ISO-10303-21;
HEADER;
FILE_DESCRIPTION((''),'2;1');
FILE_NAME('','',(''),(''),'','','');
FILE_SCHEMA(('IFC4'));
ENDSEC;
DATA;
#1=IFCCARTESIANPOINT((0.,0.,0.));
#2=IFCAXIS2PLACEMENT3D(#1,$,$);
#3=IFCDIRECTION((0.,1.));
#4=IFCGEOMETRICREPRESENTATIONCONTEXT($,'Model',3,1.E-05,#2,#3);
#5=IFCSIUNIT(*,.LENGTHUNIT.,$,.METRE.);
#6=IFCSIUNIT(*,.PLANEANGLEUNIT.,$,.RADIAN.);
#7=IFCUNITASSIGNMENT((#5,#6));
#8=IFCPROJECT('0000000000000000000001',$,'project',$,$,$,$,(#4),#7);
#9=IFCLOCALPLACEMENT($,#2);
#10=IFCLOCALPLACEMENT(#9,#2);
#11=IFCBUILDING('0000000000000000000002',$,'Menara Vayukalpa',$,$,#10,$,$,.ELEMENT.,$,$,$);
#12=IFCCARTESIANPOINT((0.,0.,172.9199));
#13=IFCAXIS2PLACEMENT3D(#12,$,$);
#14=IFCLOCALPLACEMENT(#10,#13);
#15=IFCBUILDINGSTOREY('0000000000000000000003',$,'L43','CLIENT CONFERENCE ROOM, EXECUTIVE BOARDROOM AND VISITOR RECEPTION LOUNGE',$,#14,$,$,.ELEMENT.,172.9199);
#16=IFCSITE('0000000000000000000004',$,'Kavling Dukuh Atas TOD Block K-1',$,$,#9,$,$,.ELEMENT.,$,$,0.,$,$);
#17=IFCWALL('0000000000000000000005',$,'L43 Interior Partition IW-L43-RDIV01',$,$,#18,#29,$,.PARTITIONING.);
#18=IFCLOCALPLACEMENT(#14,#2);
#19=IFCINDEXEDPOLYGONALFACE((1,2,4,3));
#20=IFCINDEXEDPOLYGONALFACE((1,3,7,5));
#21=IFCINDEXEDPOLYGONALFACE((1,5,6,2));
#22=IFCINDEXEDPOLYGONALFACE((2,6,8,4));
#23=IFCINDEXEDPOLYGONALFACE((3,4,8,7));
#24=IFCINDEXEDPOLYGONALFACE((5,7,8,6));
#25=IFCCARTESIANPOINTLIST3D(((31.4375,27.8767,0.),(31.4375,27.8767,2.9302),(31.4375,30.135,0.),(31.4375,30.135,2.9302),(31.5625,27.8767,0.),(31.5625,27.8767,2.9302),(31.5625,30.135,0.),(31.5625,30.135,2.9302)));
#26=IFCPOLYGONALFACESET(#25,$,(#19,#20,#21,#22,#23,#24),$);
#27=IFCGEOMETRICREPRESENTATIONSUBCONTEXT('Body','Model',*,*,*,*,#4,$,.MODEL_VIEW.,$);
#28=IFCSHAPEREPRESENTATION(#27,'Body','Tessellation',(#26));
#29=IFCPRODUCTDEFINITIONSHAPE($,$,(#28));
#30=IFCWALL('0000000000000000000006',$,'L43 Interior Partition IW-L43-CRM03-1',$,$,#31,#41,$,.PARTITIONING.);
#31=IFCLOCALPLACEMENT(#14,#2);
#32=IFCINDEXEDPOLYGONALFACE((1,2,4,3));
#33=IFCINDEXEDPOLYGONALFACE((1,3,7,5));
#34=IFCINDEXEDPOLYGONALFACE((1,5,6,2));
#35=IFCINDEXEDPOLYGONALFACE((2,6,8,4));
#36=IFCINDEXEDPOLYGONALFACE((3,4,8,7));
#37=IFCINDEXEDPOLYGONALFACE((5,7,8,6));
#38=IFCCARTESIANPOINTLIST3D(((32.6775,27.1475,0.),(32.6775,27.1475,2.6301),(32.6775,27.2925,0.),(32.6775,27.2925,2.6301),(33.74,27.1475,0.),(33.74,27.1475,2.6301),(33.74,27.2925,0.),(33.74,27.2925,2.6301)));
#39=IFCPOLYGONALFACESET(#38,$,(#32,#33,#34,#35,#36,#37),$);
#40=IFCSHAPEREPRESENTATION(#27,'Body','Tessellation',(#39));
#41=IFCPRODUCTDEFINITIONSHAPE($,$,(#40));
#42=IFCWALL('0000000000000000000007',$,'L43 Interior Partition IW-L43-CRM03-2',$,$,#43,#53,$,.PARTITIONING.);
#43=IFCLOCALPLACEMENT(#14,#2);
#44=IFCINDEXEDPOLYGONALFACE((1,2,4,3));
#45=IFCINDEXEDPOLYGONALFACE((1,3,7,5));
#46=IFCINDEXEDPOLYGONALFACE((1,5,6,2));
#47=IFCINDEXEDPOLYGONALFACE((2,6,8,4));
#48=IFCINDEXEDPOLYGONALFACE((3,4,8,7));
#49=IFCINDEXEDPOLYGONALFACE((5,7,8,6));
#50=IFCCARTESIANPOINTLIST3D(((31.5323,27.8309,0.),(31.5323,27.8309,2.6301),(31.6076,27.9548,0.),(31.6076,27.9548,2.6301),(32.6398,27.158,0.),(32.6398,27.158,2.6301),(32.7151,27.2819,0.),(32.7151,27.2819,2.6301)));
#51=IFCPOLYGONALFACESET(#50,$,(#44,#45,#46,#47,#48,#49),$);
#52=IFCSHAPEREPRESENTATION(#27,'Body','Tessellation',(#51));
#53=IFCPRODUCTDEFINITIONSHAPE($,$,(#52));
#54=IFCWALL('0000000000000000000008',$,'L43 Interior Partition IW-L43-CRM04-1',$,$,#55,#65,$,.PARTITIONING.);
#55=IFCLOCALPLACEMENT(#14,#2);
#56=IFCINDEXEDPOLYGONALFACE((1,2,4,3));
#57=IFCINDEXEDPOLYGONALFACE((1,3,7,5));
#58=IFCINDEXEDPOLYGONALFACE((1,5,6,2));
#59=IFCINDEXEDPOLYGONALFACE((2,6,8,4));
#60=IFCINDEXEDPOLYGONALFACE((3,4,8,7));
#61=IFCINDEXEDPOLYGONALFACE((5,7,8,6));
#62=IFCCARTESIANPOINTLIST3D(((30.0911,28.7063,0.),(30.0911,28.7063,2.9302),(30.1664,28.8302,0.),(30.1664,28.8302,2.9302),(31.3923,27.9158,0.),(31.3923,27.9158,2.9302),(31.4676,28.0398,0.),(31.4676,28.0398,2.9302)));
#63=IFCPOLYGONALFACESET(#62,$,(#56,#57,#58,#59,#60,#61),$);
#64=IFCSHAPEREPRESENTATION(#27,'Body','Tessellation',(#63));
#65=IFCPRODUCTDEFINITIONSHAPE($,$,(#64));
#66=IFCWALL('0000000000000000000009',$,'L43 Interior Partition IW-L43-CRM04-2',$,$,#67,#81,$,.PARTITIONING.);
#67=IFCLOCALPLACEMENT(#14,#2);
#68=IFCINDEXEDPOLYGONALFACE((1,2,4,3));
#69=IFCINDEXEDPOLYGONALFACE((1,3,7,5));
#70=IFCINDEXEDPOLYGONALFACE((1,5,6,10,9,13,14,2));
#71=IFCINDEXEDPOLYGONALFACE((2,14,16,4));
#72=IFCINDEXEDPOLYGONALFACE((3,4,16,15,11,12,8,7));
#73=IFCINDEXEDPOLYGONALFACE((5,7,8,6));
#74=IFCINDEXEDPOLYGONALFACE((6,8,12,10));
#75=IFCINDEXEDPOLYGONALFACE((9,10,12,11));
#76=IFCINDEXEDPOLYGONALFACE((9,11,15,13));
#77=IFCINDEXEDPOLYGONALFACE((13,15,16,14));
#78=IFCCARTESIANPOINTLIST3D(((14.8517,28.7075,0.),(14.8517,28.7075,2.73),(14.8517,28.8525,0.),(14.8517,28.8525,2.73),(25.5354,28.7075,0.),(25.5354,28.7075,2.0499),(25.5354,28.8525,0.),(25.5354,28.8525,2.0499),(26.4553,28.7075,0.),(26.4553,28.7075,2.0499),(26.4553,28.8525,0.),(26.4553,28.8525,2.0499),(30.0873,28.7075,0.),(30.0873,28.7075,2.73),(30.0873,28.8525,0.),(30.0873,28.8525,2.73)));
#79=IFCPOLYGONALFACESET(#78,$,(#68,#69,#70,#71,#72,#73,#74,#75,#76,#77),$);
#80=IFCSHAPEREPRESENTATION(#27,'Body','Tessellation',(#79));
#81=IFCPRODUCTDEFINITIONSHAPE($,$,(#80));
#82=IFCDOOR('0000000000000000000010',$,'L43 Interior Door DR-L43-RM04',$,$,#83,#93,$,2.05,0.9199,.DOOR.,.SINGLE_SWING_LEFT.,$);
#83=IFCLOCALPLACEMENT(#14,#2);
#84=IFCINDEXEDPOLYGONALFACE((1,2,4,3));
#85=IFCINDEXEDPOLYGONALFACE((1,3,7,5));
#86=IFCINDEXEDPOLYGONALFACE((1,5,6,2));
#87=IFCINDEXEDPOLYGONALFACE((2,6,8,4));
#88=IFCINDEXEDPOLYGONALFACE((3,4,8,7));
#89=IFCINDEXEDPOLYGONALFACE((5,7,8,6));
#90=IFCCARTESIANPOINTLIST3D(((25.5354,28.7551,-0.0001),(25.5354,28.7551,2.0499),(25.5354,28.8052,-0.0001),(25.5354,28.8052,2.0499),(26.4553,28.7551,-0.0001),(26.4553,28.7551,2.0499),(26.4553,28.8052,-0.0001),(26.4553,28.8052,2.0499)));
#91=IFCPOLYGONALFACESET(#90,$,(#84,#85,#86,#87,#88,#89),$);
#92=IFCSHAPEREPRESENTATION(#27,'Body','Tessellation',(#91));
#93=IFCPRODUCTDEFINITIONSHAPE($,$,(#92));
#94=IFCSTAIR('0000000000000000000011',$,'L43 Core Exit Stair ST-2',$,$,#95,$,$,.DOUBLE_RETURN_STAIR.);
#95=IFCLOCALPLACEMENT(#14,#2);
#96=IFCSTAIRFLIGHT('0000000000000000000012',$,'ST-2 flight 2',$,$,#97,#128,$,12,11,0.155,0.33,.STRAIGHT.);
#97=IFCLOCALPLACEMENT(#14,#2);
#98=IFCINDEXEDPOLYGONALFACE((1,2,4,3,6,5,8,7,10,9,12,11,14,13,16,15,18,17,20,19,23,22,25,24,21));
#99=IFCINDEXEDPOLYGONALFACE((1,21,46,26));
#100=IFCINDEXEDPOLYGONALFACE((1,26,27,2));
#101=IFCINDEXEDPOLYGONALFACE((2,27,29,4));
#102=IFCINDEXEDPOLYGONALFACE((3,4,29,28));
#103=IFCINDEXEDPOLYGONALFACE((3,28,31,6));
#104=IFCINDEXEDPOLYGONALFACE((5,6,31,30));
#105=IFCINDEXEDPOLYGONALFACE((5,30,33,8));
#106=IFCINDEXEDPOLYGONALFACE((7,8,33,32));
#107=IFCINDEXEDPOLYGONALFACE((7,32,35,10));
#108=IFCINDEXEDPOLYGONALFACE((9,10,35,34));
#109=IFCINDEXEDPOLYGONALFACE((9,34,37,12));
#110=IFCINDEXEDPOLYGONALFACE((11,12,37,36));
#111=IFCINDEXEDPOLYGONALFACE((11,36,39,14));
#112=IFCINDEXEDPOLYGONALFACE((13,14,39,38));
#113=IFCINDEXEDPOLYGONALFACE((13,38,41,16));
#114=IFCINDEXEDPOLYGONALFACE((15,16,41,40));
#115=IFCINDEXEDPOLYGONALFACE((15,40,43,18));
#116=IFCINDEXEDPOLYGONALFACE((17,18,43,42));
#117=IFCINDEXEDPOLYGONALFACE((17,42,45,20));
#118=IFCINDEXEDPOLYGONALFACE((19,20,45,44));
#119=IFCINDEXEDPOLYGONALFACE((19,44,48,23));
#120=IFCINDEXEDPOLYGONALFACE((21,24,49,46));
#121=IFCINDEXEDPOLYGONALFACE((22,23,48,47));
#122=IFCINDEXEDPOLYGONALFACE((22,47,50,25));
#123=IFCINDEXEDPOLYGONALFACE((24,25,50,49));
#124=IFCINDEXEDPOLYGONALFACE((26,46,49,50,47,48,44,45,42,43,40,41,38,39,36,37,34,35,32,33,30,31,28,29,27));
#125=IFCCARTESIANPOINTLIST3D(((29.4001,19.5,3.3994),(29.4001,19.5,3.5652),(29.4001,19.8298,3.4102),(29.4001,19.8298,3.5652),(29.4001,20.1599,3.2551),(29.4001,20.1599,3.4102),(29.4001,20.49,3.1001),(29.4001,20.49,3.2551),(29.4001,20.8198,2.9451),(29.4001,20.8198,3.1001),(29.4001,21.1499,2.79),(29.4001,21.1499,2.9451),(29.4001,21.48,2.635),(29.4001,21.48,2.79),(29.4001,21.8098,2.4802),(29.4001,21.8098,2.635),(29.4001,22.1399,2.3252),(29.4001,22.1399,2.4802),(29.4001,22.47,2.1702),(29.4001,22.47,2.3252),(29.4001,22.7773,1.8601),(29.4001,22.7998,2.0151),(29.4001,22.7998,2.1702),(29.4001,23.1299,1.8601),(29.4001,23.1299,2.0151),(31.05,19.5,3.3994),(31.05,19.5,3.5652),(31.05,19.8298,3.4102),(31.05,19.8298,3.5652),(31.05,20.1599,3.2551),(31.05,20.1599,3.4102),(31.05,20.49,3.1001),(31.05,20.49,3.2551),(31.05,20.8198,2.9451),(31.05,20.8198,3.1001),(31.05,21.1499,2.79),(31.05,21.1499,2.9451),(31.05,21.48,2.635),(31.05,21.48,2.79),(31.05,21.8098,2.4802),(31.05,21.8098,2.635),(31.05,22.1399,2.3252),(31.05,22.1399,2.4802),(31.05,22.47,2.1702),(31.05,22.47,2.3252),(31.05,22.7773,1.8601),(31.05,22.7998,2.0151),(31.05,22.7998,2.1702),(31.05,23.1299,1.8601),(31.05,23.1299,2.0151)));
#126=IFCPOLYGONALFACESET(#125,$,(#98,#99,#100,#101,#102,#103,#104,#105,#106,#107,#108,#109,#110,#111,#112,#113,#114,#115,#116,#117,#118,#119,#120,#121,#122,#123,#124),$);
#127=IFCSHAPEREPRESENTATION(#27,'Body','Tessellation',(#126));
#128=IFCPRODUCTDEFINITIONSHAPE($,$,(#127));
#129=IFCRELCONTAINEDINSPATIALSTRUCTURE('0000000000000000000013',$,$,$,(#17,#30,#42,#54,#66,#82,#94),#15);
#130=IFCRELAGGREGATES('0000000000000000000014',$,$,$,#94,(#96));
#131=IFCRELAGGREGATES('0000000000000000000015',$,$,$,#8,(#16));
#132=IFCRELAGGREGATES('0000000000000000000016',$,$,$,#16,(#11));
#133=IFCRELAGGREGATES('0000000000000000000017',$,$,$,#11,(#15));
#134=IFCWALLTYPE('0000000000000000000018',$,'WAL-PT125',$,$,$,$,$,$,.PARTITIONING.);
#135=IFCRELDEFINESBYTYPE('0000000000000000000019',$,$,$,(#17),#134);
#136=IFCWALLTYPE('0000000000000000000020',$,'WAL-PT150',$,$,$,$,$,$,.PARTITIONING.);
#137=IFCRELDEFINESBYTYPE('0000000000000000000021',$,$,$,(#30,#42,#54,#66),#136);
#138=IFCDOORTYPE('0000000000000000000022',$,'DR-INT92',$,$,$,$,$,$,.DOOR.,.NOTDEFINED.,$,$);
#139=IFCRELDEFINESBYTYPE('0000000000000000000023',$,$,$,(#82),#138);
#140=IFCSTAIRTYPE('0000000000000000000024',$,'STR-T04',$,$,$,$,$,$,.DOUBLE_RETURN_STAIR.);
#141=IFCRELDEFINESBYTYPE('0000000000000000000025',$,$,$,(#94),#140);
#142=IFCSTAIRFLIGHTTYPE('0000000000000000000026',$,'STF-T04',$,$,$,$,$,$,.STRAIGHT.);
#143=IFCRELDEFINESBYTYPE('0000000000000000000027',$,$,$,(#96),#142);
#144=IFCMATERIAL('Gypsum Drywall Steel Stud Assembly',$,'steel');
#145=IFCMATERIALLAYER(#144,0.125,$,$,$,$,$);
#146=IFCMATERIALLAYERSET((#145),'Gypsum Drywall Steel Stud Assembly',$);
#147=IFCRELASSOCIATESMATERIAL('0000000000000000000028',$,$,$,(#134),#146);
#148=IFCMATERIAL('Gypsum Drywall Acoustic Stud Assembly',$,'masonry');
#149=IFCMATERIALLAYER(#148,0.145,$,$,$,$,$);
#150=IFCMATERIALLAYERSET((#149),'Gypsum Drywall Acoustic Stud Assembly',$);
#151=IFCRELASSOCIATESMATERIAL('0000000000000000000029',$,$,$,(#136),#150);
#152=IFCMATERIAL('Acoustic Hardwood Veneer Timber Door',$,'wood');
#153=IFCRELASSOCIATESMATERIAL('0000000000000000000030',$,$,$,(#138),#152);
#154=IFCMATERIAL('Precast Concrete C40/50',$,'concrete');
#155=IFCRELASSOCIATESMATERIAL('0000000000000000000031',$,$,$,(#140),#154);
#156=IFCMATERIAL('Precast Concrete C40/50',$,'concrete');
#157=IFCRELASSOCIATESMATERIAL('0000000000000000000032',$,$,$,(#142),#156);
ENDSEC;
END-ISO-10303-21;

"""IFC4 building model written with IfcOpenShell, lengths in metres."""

from ifc_helpers import new_model, si_unit, direction, frame, frame_2d, origin, place, context, subcontext, project, spatial, polyline, rectangle, outline, extrude, material, layer, layer_set, type_object, element, fill, aggregate, save


model = new_model("IFC4")

# Units and contexts
model_context = context("Model", 3, precision=1e-05, world=origin(), true_north=direction((0.0, 1.0)))
body_context = subcontext(model_context, "Body", "Model", "MODEL_VIEW")
ifc_project = project(units=[si_unit("LENGTHUNIT", "METRE"), si_unit("PLANEANGLEUNIT", "RADIAN")], contexts=[model_context])

# Site, building, storey
site_placement = place(None, origin())
site = spatial("IfcSite", under=ifc_project, at=site_placement, Name="Kavling Dukuh Atas TOD Block K-1", CompositionType="ELEMENT", RefElevation=0.0)
building_placement = place(site_placement, origin())
building = spatial("IfcBuilding", under=site, at=building_placement, Name="Menara Vayukalpa", CompositionType="ELEMENT")
storey_placement = place(building_placement, frame((0.0, 0.0, 172.9199)))
storey = spatial("IfcBuildingStorey", under=building, at=storey_placement, Name="L43", Description="CLIENT CONFERENCE ROOM, EXECUTIVE BOARDROOM AND VISITOR RECEPTION LOUNGE", CompositionType="ELEMENT", Elevation=172.9199)

# Walls
ifc_material_1 = material(Name="Gypsum Drywall Steel Stud Assembly", Category="steel")
ifc_layer_1 = layer(ifc_material_1, 0.125)
ifc_layer_set_1 = layer_set([ifc_layer_1], Name="Gypsum Drywall Steel Stud Assembly")
wall_type_1 = type_object("IfcWallType", Name="WAL-PT125", PredefinedType="PARTITIONING", material=ifc_layer_set_1)
wall_1_placement = place(storey_placement, frame((31.5, 27.8767, 0.0), z_axis=(0.0, 0.0, 1.0), x_axis=(0.0, 1.0, 0.0)))
element("IfcWall", 1, at=wall_1_placement, inside=storey, type_object=wall_type_1, Name="L43 Interior Partition IW-L43-RDIV01", PredefinedType="PARTITIONING", context=body_context, shape_type="SweptSolid", body=[
    extrude(rectangle(XDim=2.2583, YDim=0.125, at=frame_2d((1.1292, 0.0))), origin(), (0.0, 0.0, 1.0), 2.9302),
])
ifc_material_2 = material(Name="Gypsum Drywall Acoustic Stud Assembly", Category="masonry")
ifc_layer_2 = layer(ifc_material_2, 0.145)
ifc_layer_set_2 = layer_set([ifc_layer_2], Name="Gypsum Drywall Acoustic Stud Assembly")
wall_type_2 = type_object("IfcWallType", Name="WAL-PT150", PredefinedType="PARTITIONING", material=ifc_layer_set_2)
wall_2_placement = place(storey_placement, frame((33.74, 27.22, 0.0), z_axis=(0.0, 0.0, 1.0), x_axis=(-1.0, 0.0, 0.0)))
element("IfcWall", 2, at=wall_2_placement, inside=storey, type_object=wall_type_2, Name="L43 Interior Partition IW-L43-CRM03-1", PredefinedType="PARTITIONING", context=body_context, shape_type="SweptSolid", body=[
    extrude(rectangle(XDim=1.0625, YDim=0.145, at=frame_2d((0.5312, 0.0))), origin(), (0.0, 0.0, 1.0), 2.6301),
])
wall_3_placement = place(storey_placement, frame((32.6775, 27.22, 0.0), z_axis=(0.0, 0.0, 1.0), x_axis=(-0.85462, 0.519253, 0.0)))
element("IfcWall", 3, at=wall_3_placement, inside=storey, type_object=wall_type_2, Name="L43 Interior Partition IW-L43-CRM03-2", PredefinedType="PARTITIONING", context=body_context, shape_type="SweptSolid", body=[
    extrude(rectangle(XDim=1.2959, YDim=0.145, at=frame_2d((0.6479, 0.0))), origin(), (0.0, 0.0, 1.0), 2.6301),
])
wall_4_placement = place(storey_placement, frame((31.4299, 27.9778, 0.0), z_axis=(0.0, 0.0, 1.0), x_axis=(-0.85465, 0.519204, 0.0)))
element("IfcWall", 4, at=wall_4_placement, inside=storey, type_object=wall_type_2, Name="L43 Interior Partition IW-L43-CRM04-1", PredefinedType="PARTITIONING", context=body_context, shape_type="SweptSolid", body=[
    extrude(rectangle(XDim=1.5225, YDim=0.145, at=frame_2d((0.7612, 0.0))), origin(), (0.0, 0.0, 1.0), 2.9302),
])

# Wall, opening, door
wall_5_placement = place(storey_placement, frame((30.0872, 28.78, 0.0), z_axis=(0.0, 0.0, 1.0), x_axis=(-1.0, 0.0, 0.0)))
wall_5 = element("IfcWall", 5, at=wall_5_placement, inside=storey, type_object=wall_type_2, Name="L43 Interior Partition IW-L43-CRM04-2", PredefinedType="PARTITIONING", context=body_context, shape_type="SweptSolid", body=[
    extrude(rectangle(XDim=15.2356, YDim=0.145, at=frame_2d((7.6177, 0.0))), origin(), (0.0, 0.0, 1.0), 2.73),
])
opening_placement = place(wall_5_placement, frame((3.6318, 0.0, 0.0)))
opening = element("IfcOpeningElement", 6, at=opening_placement, cuts=wall_5, PredefinedType="OPENING", context=body_context, shape_type="SweptSolid", body=[
    extrude(rectangle(XDim=0.9199, YDim=2.05, at=frame_2d((0.46, 1.0249))), frame((0.0, 0.0825, 0.0), z_axis=(0.0, -1.0, 0.0), x_axis=(1.0, 0.0, 0.0)), (0.0, 0.0, 1.0), 0.165),
])
ifc_material_3 = material(Name="Acoustic Hardwood Veneer Timber Door", Category="wood")
door_type = type_object("IfcDoorType", Name="DR-INT92", OperationType="NOTDEFINED", PredefinedType="DOOR", material=ifc_material_3)
door_placement = place(opening_placement, origin())
door = element("IfcDoor", 7, at=door_placement, inside=storey, type_object=door_type, Name="L43 Interior Door DR-L43-RM04", OperationType="SINGLE_SWING_LEFT", OverallHeight=2.05, OverallWidth=0.9199, PredefinedType="DOOR", context=body_context, shape_type="SweptSolid", body=[
    extrude(rectangle(XDim=0.9199, YDim=2.05, at=frame_2d((0.46, 1.0249))), frame((0.0, 0.0249, 0.0), z_axis=(0.0, -1.0, 0.0), x_axis=(1.0, 0.0, 0.0)), (0.0, 0.0, 1.0), 0.05),
])
fill(opening, door)

# Stair, stair flight
ifc_material_4 = material(Name="Precast Concrete C40/50", Category="concrete")
stair_type = type_object("IfcStairType", Name="STR-T04", PredefinedType="DOUBLE_RETURN_STAIR", material=ifc_material_4)
stair_placement = place(storey_placement, origin())
stair = element("IfcStair", 8, at=stair_placement, inside=storey, type_object=stair_type, Name="L43 Core Exit Stair ST-2", PredefinedType="DOUBLE_RETURN_STAIR")
ifc_material_5 = material(Name="Precast Concrete C40/50", Category="concrete")
stair_flight_type = type_object("IfcStairFlightType", Name="STF-T04", PredefinedType="STRAIGHT", material=ifc_material_5)
stair_flight_placement = place(storey_placement, frame((30.2251, 23.1299, 1.8601), z_axis=(0.0, 0.0, 1.0), x_axis=(0.0, -1.0, 0.0)))
stair_flight = element("IfcStairFlight", 9, at=stair_flight_placement, type_object=stair_flight_type, Name="ST-2 flight 2", NumberOfRisers=12, NumberOfTreads=11, PredefinedType="STRAIGHT", RiserHeight=0.155, TreadLength=0.33, context=body_context, shape_type="SweptSolid", body=[
    extrude(outline(polyline([(0.0, 0.0), (0.0, 0.155), (0.3301, 0.155), (0.3301, 0.3101), (0.6599, 0.3101), (0.6599, 0.4651), (0.99, 0.4651), (0.99, 0.6201), (1.3201, 0.6201), (1.3201, 0.7749), (1.6499, 0.7749), (1.6499, 0.9299), (1.98, 0.9299), (1.98, 1.085), (2.3101, 1.085), (2.3101, 1.24), (2.6399, 1.24), (2.6399, 1.395), (2.97, 1.395), (2.97, 1.55), (3.3, 1.55), (3.3, 1.7051), (3.6299, 1.7051), (3.6299, 1.8601), (3.6299, 1.5393), (0.3525, 0.0), (0.0, 0.0)])), frame((0.0, 0.825, 0.0), z_axis=(0.0, -1.0, 0.0), x_axis=(1.0, 0.0, 0.0)), (0.0, 0.0, 1.0), 1.6499),
])
aggregate(stair, [stair_flight])

save(model, "model.ifc")
